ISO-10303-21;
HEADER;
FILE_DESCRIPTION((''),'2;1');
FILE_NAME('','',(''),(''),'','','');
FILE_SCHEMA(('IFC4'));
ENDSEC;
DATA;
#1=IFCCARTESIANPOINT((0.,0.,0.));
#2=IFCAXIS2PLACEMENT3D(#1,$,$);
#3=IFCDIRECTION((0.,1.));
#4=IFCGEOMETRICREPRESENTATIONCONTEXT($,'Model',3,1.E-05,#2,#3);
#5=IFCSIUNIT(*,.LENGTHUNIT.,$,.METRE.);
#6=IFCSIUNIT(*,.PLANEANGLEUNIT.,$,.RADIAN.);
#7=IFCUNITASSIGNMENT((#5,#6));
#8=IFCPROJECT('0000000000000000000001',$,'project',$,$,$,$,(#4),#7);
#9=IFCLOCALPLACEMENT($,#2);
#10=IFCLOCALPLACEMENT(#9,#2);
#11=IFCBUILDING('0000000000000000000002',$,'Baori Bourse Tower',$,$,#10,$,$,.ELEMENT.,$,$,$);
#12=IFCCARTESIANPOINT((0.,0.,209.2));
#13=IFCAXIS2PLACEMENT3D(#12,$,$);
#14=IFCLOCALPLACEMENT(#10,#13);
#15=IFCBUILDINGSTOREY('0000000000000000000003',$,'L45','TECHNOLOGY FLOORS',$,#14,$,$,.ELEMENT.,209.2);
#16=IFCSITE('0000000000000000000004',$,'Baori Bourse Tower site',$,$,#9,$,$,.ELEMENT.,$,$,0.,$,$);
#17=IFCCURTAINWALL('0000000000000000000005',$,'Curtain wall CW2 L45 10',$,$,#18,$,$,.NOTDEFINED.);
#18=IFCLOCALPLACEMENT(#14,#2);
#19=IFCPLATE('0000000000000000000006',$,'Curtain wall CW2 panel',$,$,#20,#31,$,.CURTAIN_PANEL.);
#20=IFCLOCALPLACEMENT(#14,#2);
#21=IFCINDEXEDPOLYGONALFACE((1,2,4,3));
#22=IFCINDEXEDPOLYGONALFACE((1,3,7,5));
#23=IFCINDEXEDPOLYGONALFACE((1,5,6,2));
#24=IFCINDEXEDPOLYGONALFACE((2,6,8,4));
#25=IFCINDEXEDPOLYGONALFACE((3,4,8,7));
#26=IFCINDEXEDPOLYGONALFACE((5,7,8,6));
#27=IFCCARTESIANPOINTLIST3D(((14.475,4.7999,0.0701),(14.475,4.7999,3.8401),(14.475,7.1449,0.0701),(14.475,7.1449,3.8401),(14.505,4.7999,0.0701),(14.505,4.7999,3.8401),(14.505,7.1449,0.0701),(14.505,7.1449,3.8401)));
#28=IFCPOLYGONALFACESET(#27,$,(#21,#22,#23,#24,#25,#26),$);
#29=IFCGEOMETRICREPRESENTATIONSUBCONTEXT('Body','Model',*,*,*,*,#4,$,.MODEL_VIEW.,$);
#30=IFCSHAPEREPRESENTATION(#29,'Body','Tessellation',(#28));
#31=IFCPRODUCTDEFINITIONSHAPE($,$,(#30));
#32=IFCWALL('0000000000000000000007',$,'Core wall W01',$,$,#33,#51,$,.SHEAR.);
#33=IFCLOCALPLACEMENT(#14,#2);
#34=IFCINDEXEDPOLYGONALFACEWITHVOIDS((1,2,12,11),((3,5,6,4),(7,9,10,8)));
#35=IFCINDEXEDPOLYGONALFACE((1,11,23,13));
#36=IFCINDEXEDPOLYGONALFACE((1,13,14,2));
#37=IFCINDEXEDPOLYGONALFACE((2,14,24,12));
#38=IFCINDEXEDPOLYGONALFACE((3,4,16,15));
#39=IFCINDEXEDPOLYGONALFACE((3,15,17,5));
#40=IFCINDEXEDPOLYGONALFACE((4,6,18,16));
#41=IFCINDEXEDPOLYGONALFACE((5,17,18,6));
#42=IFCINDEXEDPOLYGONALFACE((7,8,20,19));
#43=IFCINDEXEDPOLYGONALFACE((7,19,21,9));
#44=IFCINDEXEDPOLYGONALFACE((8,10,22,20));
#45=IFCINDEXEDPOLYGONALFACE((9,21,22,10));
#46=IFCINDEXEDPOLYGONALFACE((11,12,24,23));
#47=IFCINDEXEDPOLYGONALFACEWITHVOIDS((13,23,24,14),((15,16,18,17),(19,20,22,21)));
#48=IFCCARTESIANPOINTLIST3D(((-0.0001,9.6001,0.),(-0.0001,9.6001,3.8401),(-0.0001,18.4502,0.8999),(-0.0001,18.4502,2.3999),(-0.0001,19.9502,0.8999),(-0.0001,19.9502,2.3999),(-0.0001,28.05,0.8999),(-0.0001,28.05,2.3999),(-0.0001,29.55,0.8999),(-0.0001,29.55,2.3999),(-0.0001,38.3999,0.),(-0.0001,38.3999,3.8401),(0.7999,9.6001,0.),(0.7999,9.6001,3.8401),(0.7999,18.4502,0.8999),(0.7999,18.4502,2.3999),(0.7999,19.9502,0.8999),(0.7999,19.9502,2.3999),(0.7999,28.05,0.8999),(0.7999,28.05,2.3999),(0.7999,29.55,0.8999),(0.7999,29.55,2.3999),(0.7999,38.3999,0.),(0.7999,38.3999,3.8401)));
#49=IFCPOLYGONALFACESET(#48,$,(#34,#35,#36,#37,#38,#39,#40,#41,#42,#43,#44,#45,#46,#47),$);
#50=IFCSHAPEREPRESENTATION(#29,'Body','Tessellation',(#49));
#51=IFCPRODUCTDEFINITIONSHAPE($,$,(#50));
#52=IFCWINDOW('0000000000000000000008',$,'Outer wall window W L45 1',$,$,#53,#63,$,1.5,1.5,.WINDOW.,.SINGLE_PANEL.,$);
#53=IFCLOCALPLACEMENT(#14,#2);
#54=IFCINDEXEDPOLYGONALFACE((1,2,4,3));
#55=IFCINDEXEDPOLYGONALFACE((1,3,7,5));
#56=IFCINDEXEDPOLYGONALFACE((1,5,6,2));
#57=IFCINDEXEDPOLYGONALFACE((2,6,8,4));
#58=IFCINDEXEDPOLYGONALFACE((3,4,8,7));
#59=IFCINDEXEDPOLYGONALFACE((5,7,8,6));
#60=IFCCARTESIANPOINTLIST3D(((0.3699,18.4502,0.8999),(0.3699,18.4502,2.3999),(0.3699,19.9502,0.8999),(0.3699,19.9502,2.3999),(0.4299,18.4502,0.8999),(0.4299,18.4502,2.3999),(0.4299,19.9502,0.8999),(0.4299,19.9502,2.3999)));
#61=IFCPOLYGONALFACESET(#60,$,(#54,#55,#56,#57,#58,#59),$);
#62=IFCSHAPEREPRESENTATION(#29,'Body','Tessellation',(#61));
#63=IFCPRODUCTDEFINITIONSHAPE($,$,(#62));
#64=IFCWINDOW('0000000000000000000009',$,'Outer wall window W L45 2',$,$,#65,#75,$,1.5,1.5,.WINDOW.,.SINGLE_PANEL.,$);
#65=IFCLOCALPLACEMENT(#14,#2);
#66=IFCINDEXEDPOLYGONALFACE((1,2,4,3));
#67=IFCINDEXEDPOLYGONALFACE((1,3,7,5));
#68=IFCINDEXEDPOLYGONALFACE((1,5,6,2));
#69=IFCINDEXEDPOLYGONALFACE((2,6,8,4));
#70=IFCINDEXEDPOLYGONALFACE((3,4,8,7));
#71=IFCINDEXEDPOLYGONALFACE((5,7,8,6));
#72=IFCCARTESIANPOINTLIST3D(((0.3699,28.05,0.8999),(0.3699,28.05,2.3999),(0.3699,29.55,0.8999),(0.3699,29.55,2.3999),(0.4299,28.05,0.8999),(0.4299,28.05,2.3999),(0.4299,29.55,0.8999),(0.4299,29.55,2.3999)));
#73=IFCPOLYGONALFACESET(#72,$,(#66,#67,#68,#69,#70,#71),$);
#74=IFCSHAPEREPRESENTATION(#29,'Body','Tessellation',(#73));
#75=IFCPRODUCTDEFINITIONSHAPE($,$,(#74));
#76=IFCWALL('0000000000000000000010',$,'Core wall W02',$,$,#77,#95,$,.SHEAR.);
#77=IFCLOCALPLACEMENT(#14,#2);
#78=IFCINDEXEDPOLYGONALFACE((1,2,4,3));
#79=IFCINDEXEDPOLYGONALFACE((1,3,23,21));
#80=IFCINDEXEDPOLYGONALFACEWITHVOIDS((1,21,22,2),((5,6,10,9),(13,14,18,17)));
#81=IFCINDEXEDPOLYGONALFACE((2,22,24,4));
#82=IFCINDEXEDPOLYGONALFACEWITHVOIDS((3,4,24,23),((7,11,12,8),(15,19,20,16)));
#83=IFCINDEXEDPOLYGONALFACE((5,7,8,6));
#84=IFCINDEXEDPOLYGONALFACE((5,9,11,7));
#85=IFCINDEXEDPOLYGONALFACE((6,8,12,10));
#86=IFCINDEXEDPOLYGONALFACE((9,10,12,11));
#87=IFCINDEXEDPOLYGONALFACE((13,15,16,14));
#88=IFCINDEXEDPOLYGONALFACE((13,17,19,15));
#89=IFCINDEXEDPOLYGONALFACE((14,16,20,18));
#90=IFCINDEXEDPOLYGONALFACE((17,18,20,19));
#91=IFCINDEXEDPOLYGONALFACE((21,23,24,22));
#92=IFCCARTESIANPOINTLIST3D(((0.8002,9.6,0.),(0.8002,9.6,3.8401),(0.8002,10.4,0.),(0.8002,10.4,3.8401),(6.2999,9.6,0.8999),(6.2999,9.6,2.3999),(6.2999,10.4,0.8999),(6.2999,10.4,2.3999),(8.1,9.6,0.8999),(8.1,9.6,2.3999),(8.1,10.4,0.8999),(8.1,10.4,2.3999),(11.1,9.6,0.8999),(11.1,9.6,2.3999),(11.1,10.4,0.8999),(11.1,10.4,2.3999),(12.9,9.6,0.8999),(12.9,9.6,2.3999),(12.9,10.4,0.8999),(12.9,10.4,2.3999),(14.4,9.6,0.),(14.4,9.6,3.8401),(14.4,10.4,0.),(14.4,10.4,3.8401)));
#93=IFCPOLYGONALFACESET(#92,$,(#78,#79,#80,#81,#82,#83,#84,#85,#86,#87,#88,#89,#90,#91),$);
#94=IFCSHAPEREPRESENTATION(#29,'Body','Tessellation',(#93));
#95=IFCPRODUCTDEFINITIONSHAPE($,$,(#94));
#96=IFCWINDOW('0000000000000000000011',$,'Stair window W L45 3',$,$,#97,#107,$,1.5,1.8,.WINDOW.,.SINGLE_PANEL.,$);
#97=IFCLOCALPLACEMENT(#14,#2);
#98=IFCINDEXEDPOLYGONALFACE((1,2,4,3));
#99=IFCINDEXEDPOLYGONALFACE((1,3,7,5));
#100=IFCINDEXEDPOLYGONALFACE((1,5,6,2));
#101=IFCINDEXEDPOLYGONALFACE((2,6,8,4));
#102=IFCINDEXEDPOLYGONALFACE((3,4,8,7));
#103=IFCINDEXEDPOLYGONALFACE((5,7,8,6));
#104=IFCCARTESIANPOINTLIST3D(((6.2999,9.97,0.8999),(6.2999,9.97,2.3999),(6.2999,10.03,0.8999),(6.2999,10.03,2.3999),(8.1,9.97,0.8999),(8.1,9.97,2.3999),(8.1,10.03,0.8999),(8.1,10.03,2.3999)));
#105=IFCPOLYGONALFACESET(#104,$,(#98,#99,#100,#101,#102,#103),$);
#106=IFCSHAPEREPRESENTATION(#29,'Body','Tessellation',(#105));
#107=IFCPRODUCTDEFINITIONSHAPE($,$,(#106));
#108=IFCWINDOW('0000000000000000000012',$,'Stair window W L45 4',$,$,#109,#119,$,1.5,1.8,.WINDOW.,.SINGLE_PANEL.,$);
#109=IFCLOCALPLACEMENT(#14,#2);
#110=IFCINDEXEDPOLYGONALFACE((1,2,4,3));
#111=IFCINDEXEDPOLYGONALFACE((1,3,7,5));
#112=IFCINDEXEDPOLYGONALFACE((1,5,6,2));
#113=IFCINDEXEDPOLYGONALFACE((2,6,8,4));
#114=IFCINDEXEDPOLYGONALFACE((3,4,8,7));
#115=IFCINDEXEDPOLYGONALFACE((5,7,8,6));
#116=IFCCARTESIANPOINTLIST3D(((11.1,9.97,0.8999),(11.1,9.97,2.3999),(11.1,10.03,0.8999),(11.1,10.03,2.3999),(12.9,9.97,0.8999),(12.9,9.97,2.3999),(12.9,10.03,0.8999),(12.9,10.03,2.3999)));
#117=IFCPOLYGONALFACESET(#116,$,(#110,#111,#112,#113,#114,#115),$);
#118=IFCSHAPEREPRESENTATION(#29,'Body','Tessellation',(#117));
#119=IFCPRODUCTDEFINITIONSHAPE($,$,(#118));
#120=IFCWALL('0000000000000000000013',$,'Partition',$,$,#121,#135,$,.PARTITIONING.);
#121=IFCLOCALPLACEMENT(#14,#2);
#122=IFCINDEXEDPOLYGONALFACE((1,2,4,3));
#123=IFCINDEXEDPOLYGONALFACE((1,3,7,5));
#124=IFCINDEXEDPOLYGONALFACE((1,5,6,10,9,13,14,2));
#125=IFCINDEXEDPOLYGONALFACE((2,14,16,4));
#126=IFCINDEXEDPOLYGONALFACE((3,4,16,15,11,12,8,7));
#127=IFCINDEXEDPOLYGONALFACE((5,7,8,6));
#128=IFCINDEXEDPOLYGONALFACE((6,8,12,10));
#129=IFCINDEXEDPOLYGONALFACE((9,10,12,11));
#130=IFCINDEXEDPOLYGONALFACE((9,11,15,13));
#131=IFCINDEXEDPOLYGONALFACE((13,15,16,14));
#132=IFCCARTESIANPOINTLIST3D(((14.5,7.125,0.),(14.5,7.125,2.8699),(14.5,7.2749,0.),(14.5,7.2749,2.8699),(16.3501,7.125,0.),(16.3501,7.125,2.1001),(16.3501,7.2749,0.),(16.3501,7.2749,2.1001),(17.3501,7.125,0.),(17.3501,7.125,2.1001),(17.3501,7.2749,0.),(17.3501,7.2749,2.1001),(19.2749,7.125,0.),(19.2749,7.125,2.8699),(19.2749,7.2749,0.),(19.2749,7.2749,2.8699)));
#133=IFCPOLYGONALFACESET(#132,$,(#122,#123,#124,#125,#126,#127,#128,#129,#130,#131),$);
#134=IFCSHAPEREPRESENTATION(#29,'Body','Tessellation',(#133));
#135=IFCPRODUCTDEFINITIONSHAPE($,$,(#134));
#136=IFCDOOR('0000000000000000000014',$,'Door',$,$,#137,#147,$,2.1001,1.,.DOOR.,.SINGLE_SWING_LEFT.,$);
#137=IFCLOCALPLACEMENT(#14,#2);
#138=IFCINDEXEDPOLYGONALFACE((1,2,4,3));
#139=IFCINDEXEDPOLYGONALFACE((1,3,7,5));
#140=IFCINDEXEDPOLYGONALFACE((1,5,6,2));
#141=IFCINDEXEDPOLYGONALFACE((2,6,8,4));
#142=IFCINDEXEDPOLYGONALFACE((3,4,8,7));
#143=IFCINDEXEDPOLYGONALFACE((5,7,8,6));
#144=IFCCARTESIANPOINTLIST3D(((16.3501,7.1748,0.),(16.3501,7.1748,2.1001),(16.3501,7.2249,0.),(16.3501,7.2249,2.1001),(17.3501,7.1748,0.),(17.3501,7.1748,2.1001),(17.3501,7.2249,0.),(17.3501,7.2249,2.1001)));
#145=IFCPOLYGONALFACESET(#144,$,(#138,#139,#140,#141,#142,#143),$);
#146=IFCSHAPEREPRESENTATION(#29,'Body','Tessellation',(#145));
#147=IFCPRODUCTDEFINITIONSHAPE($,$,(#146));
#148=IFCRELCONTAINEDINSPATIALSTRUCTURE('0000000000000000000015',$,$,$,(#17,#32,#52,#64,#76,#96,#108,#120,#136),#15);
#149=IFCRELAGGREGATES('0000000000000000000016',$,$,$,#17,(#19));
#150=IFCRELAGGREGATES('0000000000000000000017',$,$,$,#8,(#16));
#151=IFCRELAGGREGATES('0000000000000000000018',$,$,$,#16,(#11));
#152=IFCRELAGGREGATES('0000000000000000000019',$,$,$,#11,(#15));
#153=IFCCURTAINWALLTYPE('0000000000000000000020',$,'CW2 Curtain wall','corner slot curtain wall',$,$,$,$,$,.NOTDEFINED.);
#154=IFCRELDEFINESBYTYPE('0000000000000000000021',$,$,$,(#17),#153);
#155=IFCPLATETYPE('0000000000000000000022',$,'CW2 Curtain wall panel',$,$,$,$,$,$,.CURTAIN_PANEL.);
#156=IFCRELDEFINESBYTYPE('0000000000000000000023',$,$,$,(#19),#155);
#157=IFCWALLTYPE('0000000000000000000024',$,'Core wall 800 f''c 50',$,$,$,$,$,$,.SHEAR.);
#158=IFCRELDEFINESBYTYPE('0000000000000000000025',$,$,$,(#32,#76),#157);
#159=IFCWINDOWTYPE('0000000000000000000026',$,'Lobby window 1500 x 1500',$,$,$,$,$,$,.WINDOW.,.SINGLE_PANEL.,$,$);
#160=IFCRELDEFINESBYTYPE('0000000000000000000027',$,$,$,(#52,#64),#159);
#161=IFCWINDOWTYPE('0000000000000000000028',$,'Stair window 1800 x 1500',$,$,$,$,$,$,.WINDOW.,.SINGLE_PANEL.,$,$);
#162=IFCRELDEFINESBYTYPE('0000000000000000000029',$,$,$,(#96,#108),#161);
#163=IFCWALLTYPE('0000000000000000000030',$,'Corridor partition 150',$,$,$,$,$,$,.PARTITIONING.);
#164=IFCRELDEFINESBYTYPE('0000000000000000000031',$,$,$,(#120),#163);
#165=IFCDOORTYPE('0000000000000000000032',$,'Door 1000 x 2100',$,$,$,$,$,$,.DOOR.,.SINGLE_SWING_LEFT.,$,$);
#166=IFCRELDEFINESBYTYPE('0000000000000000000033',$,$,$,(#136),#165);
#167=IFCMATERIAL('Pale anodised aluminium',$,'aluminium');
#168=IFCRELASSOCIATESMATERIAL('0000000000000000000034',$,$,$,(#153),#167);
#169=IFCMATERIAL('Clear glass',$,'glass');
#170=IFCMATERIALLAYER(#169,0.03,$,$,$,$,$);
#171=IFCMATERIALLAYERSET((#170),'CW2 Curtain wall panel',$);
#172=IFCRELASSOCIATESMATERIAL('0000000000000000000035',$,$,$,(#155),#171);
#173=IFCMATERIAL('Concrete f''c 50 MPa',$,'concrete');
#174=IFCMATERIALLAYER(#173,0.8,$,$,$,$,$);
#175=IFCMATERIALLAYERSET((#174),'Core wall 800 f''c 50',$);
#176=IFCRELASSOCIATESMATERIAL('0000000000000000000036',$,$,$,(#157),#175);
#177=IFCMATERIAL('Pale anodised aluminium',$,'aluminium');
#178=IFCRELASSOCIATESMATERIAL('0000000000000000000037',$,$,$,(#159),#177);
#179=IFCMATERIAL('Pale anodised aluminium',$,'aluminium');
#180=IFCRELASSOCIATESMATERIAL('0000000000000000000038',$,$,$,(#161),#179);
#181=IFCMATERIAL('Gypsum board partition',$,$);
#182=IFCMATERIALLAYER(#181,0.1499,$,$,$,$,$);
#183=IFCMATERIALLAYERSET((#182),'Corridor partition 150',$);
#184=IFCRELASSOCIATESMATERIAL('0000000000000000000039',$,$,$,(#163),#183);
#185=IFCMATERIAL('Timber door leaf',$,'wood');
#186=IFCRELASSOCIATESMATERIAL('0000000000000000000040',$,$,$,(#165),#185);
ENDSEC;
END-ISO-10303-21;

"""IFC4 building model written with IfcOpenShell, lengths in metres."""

from ifc_helpers import new_model, si_unit, direction, frame, frame_2d, origin, origin_2d, place, context, subcontext, project, spatial, rectangle, extrude, material, layer, layer_set, type_object, element, fill, aggregate, save


model = new_model("IFC4")

# Units and contexts
model_context = context("Model", 3, precision=1e-05, world=origin(), true_north=direction((0.0, 1.0)))
body_context = subcontext(model_context, "Body", "Model", "MODEL_VIEW")
ifc_project = project(units=[si_unit("LENGTHUNIT", "METRE"), si_unit("PLANEANGLEUNIT", "RADIAN")], contexts=[model_context])

# Site, building, storey
site_placement = place(None, origin())
site = spatial("IfcSite", under=ifc_project, at=site_placement, Name="Baori Bourse Tower site", CompositionType="ELEMENT", RefElevation=0.0)
building_placement = place(site_placement, origin())
building = spatial("IfcBuilding", under=site, at=building_placement, Name="Baori Bourse Tower", CompositionType="ELEMENT")
storey_placement = place(building_placement, frame((0.0, 0.0, 209.2)))
storey = spatial("IfcBuildingStorey", under=building, at=storey_placement, Name="L45", Description="TECHNOLOGY FLOORS", CompositionType="ELEMENT", Elevation=209.2)

# Curtain wall
ifc_material_1 = material(Name="Pale anodised aluminium", Category="aluminium")
curtain_wall_type = type_object("IfcCurtainWallType", Name="CW2 Curtain wall", Description="corner slot curtain wall", PredefinedType="NOTDEFINED", material=ifc_material_1)
curtain_wall_1_placement = place(storey_placement, origin())
curtain_wall_1 = element("IfcCurtainWall", 1, at=curtain_wall_1_placement, inside=storey, type_object=curtain_wall_type, Name="Curtain wall CW2 L45 10", PredefinedType="NOTDEFINED")

# Plate
ifc_material_2 = material(Name="Clear glass", Category="glass")
ifc_layer_1 = layer(ifc_material_2, 0.03)
ifc_layer_set_1 = layer_set([ifc_layer_1], Name="CW2 Curtain wall panel")
plate_type = type_object("IfcPlateType", Name="CW2 Curtain wall panel", PredefinedType="CURTAIN_PANEL", material=ifc_layer_set_1)
plate_placement = place(storey_placement, frame((14.49, 5.9724, 0.0701), z_axis=(0.0, 0.0, 1.0), x_axis=(0.0, -1.0, 0.0)))
plate = element("IfcPlate", 2, at=plate_placement, type_object=plate_type, Name="Curtain wall CW2 panel", PredefinedType="CURTAIN_PANEL", context=body_context, shape_type="SweptSolid", body=[
    extrude(rectangle(XDim=2.345, YDim=0.03, at=origin_2d()), origin(), (0.0, 0.0, 1.0), 3.77),
])
aggregate(curtain_wall_1, [plate])

# Walls, openings, windows
ifc_material_3 = material(Name="Concrete f'c 50 MPa", Category="concrete")
ifc_layer_2 = layer(ifc_material_3, 0.8)
ifc_layer_set_2 = layer_set([ifc_layer_2], Name="Core wall 800 f'c 50")
wall_type_1 = type_object("IfcWallType", Name="Core wall 800 f'c 50", PredefinedType="SHEAR", material=ifc_layer_set_2)
wall_1_placement = place(storey_placement, frame((0.3999, 9.6001, 0.0), z_axis=(0.0, 0.0, 1.0), x_axis=(0.0, 1.0, 0.0)))
wall_1 = element("IfcWall", 3, at=wall_1_placement, inside=storey, type_object=wall_type_1, Name="Core wall W01", PredefinedType="SHEAR", context=body_context, shape_type="SweptSolid", body=[
    extrude(rectangle(XDim=28.7998, YDim=0.8, at=frame_2d((14.3999, 0.0))), origin(), (0.0, 0.0, 1.0), 3.8401),
])
opening_1_placement = place(wall_1_placement, frame((8.8501, 0.0, 0.8999)))
opening_1 = element("IfcOpeningElement", 4, at=opening_1_placement, cuts=wall_1, PredefinedType="OPENING", context=body_context, shape_type="SweptSolid", body=[
    extrude(rectangle(XDim=1.5, YDim=1.5, at=frame_2d((0.75, 0.75))), frame((0.0, 0.4099, 0.0), z_axis=(0.0, -1.0, 0.0), x_axis=(1.0, 0.0, 0.0)), (0.0, 0.0, 1.0), 0.8201),
])
opening_2_placement = place(wall_1_placement, frame((18.45, 0.0, 0.8999)))
opening_2 = element("IfcOpeningElement", 5, at=opening_2_placement, cuts=wall_1, PredefinedType="OPENING", context=body_context, shape_type="SweptSolid", body=[
    extrude(rectangle(XDim=1.5, YDim=1.5, at=frame_2d((0.75, 0.75))), frame((0.0, 0.4099, 0.0), z_axis=(0.0, -1.0, 0.0), x_axis=(1.0, 0.0, 0.0)), (0.0, 0.0, 1.0), 0.8201),
])
ifc_material_4 = material(Name="Pale anodised aluminium", Category="aluminium")
window_type_1 = type_object("IfcWindowType", Name="Lobby window 1500 x 1500", PartitioningType="SINGLE_PANEL", PredefinedType="WINDOW", material=ifc_material_4)
window_1_placement = place(opening_1_placement, origin())
window_1 = element("IfcWindow", 6, at=window_1_placement, inside=storey, type_object=window_type_1, Name="Outer wall window W L45 1", OverallHeight=1.5, OverallWidth=1.5, PartitioningType="SINGLE_PANEL", PredefinedType="WINDOW", context=body_context, shape_type="SweptSolid", body=[
    extrude(rectangle(XDim=1.5, YDim=1.5, at=frame_2d((0.75, 0.75))), frame((0.0, 0.03, 0.0), z_axis=(0.0, -1.0, 0.0), x_axis=(1.0, 0.0, 0.0)), (0.0, 0.0, 1.0), 0.0601),
])
fill(opening_1, window_1)
window_2_placement = place(opening_2_placement, origin())
window_2 = element("IfcWindow", 7, at=window_2_placement, inside=storey, type_object=window_type_1, Name="Outer wall window W L45 2", OverallHeight=1.5, OverallWidth=1.5, PartitioningType="SINGLE_PANEL", PredefinedType="WINDOW", context=body_context, shape_type="SweptSolid", body=[
    extrude(rectangle(XDim=1.5, YDim=1.5, at=frame_2d((0.75, 0.75))), frame((0.0, 0.03, 0.0), z_axis=(0.0, -1.0, 0.0), x_axis=(1.0, 0.0, 0.0)), (0.0, 0.0, 1.0), 0.0601),
])
fill(opening_2, window_2)
wall_2_placement = place(storey_placement, frame((14.3999, 10.0, 0.0), z_axis=(0.0, 0.0, 1.0), x_axis=(-1.0, 0.0, 0.0)))
wall_2 = element("IfcWall", 8, at=wall_2_placement, inside=storey, type_object=wall_type_1, Name="Core wall W02", PredefinedType="SHEAR", context=body_context, shape_type="SweptSolid", body=[
    extrude(rectangle(XDim=13.5999, YDim=0.8, at=frame_2d((6.7998, 0.0))), origin(), (0.0, 0.0, 1.0), 3.8401),
])
opening_3_placement = place(wall_2_placement, frame((6.3, 0.0, 0.8999)))
opening_3 = element("IfcOpeningElement", 9, at=opening_3_placement, cuts=wall_2, PredefinedType="OPENING", context=body_context, shape_type="SweptSolid", body=[
    extrude(rectangle(XDim=1.8, YDim=1.5, at=frame_2d((0.8999, 0.75))), frame((0.0, 0.4099, 0.0), z_axis=(0.0, -1.0, 0.0), x_axis=(1.0, 0.0, 0.0)), (0.0, 0.0, 1.0), 0.8201),
])
opening_4_placement = place(wall_2_placement, frame((1.5, 0.0, 0.8999)))
opening_4 = element("IfcOpeningElement", 10, at=opening_4_placement, cuts=wall_2, PredefinedType="OPENING", context=body_context, shape_type="SweptSolid", body=[
    extrude(rectangle(XDim=1.8, YDim=1.5, at=frame_2d((0.8999, 0.75))), frame((0.0, 0.4099, 0.0), z_axis=(0.0, -1.0, 0.0), x_axis=(1.0, 0.0, 0.0)), (0.0, 0.0, 1.0), 0.8201),
])
ifc_material_5 = material(Name="Pale anodised aluminium", Category="aluminium")
window_type_2 = type_object("IfcWindowType", Name="Stair window 1800 x 1500", PartitioningType="SINGLE_PANEL", PredefinedType="WINDOW", material=ifc_material_5)
window_3_placement = place(opening_3_placement, origin())
window_3 = element("IfcWindow", 11, at=window_3_placement, inside=storey, type_object=window_type_2, Name="Stair window W L45 3", OverallHeight=1.5, OverallWidth=1.8, PartitioningType="SINGLE_PANEL", PredefinedType="WINDOW", context=body_context, shape_type="SweptSolid", body=[
    extrude(rectangle(XDim=1.8, YDim=1.5, at=frame_2d((0.8999, 0.75))), frame((0.0, 0.03, 0.0), z_axis=(0.0, -1.0, 0.0), x_axis=(1.0, 0.0, 0.0)), (0.0, 0.0, 1.0), 0.0601),
])
fill(opening_3, window_3)
window_4_placement = place(opening_4_placement, origin())
window_4 = element("IfcWindow", 12, at=window_4_placement, inside=storey, type_object=window_type_2, Name="Stair window W L45 4", OverallHeight=1.5, OverallWidth=1.8, PartitioningType="SINGLE_PANEL", PredefinedType="WINDOW", context=body_context, shape_type="SweptSolid", body=[
    extrude(rectangle(XDim=1.8, YDim=1.5, at=frame_2d((0.8999, 0.75))), frame((0.0, 0.03, 0.0), z_axis=(0.0, -1.0, 0.0), x_axis=(1.0, 0.0, 0.0)), (0.0, 0.0, 1.0), 0.0601),
])
fill(opening_4, window_4)

# Wall, opening, door
ifc_material_6 = material(Name="Gypsum board partition")
ifc_layer_3 = layer(ifc_material_6, 0.1499)
ifc_layer_set_3 = layer_set([ifc_layer_3], Name="Corridor partition 150")
wall_type_2 = type_object("IfcWallType", Name="Corridor partition 150", PredefinedType="PARTITIONING", material=ifc_layer_set_3)
wall_3_placement = place(storey_placement, frame((14.5, 7.2, 0.0), z_axis=(0.0, 0.0, 1.0), x_axis=(1.0, 0.0, 0.0)))
wall_3 = element("IfcWall", 13, at=wall_3_placement, inside=storey, type_object=wall_type_2, Name="Partition", PredefinedType="PARTITIONING", context=body_context, shape_type="SweptSolid", body=[
    extrude(rectangle(XDim=4.7749, YDim=0.1499, at=frame_2d((2.3875, 0.0))), origin(), (0.0, 0.0, 1.0), 2.8699),
])
opening_5_placement = place(wall_3_placement, frame((1.8501, 0.0, 0.0)))
opening_5 = element("IfcOpeningElement", 14, at=opening_5_placement, cuts=wall_3, PredefinedType="OPENING", context=body_context, shape_type="SweptSolid", body=[
    extrude(rectangle(XDim=1.0, YDim=2.1001, at=frame_2d((0.5, 1.05))), frame((0.0, 0.085, 0.0), z_axis=(0.0, -1.0, 0.0), x_axis=(1.0, 0.0, 0.0)), (0.0, 0.0, 1.0), 0.1699),
])
ifc_material_7 = material(Name="Timber door leaf", Category="wood")
door_type_1 = type_object("IfcDoorType", Name="Door 1000 x 2100", OperationType="SINGLE_SWING_LEFT", PredefinedType="DOOR", material=ifc_material_7)
door_1_placement = place(opening_5_placement, origin())
door_1 = element("IfcDoor", 15, at=door_1_placement, inside=storey, type_object=door_type_1, Name="Door", OperationType="SINGLE_SWING_LEFT", OverallHeight=2.1001, OverallWidth=1.0, PredefinedType="DOOR", context=body_context, shape_type="SweptSolid", body=[
    extrude(rectangle(XDim=1.0, YDim=2.1001, at=frame_2d((0.5, 1.05))), frame((0.0, 0.0249, 0.0), z_axis=(0.0, -1.0, 0.0), x_axis=(1.0, 0.0, 0.0)), (0.0, 0.0, 1.0), 0.05),
])
fill(opening_5, door_1)

save(model, "model.ifc")
